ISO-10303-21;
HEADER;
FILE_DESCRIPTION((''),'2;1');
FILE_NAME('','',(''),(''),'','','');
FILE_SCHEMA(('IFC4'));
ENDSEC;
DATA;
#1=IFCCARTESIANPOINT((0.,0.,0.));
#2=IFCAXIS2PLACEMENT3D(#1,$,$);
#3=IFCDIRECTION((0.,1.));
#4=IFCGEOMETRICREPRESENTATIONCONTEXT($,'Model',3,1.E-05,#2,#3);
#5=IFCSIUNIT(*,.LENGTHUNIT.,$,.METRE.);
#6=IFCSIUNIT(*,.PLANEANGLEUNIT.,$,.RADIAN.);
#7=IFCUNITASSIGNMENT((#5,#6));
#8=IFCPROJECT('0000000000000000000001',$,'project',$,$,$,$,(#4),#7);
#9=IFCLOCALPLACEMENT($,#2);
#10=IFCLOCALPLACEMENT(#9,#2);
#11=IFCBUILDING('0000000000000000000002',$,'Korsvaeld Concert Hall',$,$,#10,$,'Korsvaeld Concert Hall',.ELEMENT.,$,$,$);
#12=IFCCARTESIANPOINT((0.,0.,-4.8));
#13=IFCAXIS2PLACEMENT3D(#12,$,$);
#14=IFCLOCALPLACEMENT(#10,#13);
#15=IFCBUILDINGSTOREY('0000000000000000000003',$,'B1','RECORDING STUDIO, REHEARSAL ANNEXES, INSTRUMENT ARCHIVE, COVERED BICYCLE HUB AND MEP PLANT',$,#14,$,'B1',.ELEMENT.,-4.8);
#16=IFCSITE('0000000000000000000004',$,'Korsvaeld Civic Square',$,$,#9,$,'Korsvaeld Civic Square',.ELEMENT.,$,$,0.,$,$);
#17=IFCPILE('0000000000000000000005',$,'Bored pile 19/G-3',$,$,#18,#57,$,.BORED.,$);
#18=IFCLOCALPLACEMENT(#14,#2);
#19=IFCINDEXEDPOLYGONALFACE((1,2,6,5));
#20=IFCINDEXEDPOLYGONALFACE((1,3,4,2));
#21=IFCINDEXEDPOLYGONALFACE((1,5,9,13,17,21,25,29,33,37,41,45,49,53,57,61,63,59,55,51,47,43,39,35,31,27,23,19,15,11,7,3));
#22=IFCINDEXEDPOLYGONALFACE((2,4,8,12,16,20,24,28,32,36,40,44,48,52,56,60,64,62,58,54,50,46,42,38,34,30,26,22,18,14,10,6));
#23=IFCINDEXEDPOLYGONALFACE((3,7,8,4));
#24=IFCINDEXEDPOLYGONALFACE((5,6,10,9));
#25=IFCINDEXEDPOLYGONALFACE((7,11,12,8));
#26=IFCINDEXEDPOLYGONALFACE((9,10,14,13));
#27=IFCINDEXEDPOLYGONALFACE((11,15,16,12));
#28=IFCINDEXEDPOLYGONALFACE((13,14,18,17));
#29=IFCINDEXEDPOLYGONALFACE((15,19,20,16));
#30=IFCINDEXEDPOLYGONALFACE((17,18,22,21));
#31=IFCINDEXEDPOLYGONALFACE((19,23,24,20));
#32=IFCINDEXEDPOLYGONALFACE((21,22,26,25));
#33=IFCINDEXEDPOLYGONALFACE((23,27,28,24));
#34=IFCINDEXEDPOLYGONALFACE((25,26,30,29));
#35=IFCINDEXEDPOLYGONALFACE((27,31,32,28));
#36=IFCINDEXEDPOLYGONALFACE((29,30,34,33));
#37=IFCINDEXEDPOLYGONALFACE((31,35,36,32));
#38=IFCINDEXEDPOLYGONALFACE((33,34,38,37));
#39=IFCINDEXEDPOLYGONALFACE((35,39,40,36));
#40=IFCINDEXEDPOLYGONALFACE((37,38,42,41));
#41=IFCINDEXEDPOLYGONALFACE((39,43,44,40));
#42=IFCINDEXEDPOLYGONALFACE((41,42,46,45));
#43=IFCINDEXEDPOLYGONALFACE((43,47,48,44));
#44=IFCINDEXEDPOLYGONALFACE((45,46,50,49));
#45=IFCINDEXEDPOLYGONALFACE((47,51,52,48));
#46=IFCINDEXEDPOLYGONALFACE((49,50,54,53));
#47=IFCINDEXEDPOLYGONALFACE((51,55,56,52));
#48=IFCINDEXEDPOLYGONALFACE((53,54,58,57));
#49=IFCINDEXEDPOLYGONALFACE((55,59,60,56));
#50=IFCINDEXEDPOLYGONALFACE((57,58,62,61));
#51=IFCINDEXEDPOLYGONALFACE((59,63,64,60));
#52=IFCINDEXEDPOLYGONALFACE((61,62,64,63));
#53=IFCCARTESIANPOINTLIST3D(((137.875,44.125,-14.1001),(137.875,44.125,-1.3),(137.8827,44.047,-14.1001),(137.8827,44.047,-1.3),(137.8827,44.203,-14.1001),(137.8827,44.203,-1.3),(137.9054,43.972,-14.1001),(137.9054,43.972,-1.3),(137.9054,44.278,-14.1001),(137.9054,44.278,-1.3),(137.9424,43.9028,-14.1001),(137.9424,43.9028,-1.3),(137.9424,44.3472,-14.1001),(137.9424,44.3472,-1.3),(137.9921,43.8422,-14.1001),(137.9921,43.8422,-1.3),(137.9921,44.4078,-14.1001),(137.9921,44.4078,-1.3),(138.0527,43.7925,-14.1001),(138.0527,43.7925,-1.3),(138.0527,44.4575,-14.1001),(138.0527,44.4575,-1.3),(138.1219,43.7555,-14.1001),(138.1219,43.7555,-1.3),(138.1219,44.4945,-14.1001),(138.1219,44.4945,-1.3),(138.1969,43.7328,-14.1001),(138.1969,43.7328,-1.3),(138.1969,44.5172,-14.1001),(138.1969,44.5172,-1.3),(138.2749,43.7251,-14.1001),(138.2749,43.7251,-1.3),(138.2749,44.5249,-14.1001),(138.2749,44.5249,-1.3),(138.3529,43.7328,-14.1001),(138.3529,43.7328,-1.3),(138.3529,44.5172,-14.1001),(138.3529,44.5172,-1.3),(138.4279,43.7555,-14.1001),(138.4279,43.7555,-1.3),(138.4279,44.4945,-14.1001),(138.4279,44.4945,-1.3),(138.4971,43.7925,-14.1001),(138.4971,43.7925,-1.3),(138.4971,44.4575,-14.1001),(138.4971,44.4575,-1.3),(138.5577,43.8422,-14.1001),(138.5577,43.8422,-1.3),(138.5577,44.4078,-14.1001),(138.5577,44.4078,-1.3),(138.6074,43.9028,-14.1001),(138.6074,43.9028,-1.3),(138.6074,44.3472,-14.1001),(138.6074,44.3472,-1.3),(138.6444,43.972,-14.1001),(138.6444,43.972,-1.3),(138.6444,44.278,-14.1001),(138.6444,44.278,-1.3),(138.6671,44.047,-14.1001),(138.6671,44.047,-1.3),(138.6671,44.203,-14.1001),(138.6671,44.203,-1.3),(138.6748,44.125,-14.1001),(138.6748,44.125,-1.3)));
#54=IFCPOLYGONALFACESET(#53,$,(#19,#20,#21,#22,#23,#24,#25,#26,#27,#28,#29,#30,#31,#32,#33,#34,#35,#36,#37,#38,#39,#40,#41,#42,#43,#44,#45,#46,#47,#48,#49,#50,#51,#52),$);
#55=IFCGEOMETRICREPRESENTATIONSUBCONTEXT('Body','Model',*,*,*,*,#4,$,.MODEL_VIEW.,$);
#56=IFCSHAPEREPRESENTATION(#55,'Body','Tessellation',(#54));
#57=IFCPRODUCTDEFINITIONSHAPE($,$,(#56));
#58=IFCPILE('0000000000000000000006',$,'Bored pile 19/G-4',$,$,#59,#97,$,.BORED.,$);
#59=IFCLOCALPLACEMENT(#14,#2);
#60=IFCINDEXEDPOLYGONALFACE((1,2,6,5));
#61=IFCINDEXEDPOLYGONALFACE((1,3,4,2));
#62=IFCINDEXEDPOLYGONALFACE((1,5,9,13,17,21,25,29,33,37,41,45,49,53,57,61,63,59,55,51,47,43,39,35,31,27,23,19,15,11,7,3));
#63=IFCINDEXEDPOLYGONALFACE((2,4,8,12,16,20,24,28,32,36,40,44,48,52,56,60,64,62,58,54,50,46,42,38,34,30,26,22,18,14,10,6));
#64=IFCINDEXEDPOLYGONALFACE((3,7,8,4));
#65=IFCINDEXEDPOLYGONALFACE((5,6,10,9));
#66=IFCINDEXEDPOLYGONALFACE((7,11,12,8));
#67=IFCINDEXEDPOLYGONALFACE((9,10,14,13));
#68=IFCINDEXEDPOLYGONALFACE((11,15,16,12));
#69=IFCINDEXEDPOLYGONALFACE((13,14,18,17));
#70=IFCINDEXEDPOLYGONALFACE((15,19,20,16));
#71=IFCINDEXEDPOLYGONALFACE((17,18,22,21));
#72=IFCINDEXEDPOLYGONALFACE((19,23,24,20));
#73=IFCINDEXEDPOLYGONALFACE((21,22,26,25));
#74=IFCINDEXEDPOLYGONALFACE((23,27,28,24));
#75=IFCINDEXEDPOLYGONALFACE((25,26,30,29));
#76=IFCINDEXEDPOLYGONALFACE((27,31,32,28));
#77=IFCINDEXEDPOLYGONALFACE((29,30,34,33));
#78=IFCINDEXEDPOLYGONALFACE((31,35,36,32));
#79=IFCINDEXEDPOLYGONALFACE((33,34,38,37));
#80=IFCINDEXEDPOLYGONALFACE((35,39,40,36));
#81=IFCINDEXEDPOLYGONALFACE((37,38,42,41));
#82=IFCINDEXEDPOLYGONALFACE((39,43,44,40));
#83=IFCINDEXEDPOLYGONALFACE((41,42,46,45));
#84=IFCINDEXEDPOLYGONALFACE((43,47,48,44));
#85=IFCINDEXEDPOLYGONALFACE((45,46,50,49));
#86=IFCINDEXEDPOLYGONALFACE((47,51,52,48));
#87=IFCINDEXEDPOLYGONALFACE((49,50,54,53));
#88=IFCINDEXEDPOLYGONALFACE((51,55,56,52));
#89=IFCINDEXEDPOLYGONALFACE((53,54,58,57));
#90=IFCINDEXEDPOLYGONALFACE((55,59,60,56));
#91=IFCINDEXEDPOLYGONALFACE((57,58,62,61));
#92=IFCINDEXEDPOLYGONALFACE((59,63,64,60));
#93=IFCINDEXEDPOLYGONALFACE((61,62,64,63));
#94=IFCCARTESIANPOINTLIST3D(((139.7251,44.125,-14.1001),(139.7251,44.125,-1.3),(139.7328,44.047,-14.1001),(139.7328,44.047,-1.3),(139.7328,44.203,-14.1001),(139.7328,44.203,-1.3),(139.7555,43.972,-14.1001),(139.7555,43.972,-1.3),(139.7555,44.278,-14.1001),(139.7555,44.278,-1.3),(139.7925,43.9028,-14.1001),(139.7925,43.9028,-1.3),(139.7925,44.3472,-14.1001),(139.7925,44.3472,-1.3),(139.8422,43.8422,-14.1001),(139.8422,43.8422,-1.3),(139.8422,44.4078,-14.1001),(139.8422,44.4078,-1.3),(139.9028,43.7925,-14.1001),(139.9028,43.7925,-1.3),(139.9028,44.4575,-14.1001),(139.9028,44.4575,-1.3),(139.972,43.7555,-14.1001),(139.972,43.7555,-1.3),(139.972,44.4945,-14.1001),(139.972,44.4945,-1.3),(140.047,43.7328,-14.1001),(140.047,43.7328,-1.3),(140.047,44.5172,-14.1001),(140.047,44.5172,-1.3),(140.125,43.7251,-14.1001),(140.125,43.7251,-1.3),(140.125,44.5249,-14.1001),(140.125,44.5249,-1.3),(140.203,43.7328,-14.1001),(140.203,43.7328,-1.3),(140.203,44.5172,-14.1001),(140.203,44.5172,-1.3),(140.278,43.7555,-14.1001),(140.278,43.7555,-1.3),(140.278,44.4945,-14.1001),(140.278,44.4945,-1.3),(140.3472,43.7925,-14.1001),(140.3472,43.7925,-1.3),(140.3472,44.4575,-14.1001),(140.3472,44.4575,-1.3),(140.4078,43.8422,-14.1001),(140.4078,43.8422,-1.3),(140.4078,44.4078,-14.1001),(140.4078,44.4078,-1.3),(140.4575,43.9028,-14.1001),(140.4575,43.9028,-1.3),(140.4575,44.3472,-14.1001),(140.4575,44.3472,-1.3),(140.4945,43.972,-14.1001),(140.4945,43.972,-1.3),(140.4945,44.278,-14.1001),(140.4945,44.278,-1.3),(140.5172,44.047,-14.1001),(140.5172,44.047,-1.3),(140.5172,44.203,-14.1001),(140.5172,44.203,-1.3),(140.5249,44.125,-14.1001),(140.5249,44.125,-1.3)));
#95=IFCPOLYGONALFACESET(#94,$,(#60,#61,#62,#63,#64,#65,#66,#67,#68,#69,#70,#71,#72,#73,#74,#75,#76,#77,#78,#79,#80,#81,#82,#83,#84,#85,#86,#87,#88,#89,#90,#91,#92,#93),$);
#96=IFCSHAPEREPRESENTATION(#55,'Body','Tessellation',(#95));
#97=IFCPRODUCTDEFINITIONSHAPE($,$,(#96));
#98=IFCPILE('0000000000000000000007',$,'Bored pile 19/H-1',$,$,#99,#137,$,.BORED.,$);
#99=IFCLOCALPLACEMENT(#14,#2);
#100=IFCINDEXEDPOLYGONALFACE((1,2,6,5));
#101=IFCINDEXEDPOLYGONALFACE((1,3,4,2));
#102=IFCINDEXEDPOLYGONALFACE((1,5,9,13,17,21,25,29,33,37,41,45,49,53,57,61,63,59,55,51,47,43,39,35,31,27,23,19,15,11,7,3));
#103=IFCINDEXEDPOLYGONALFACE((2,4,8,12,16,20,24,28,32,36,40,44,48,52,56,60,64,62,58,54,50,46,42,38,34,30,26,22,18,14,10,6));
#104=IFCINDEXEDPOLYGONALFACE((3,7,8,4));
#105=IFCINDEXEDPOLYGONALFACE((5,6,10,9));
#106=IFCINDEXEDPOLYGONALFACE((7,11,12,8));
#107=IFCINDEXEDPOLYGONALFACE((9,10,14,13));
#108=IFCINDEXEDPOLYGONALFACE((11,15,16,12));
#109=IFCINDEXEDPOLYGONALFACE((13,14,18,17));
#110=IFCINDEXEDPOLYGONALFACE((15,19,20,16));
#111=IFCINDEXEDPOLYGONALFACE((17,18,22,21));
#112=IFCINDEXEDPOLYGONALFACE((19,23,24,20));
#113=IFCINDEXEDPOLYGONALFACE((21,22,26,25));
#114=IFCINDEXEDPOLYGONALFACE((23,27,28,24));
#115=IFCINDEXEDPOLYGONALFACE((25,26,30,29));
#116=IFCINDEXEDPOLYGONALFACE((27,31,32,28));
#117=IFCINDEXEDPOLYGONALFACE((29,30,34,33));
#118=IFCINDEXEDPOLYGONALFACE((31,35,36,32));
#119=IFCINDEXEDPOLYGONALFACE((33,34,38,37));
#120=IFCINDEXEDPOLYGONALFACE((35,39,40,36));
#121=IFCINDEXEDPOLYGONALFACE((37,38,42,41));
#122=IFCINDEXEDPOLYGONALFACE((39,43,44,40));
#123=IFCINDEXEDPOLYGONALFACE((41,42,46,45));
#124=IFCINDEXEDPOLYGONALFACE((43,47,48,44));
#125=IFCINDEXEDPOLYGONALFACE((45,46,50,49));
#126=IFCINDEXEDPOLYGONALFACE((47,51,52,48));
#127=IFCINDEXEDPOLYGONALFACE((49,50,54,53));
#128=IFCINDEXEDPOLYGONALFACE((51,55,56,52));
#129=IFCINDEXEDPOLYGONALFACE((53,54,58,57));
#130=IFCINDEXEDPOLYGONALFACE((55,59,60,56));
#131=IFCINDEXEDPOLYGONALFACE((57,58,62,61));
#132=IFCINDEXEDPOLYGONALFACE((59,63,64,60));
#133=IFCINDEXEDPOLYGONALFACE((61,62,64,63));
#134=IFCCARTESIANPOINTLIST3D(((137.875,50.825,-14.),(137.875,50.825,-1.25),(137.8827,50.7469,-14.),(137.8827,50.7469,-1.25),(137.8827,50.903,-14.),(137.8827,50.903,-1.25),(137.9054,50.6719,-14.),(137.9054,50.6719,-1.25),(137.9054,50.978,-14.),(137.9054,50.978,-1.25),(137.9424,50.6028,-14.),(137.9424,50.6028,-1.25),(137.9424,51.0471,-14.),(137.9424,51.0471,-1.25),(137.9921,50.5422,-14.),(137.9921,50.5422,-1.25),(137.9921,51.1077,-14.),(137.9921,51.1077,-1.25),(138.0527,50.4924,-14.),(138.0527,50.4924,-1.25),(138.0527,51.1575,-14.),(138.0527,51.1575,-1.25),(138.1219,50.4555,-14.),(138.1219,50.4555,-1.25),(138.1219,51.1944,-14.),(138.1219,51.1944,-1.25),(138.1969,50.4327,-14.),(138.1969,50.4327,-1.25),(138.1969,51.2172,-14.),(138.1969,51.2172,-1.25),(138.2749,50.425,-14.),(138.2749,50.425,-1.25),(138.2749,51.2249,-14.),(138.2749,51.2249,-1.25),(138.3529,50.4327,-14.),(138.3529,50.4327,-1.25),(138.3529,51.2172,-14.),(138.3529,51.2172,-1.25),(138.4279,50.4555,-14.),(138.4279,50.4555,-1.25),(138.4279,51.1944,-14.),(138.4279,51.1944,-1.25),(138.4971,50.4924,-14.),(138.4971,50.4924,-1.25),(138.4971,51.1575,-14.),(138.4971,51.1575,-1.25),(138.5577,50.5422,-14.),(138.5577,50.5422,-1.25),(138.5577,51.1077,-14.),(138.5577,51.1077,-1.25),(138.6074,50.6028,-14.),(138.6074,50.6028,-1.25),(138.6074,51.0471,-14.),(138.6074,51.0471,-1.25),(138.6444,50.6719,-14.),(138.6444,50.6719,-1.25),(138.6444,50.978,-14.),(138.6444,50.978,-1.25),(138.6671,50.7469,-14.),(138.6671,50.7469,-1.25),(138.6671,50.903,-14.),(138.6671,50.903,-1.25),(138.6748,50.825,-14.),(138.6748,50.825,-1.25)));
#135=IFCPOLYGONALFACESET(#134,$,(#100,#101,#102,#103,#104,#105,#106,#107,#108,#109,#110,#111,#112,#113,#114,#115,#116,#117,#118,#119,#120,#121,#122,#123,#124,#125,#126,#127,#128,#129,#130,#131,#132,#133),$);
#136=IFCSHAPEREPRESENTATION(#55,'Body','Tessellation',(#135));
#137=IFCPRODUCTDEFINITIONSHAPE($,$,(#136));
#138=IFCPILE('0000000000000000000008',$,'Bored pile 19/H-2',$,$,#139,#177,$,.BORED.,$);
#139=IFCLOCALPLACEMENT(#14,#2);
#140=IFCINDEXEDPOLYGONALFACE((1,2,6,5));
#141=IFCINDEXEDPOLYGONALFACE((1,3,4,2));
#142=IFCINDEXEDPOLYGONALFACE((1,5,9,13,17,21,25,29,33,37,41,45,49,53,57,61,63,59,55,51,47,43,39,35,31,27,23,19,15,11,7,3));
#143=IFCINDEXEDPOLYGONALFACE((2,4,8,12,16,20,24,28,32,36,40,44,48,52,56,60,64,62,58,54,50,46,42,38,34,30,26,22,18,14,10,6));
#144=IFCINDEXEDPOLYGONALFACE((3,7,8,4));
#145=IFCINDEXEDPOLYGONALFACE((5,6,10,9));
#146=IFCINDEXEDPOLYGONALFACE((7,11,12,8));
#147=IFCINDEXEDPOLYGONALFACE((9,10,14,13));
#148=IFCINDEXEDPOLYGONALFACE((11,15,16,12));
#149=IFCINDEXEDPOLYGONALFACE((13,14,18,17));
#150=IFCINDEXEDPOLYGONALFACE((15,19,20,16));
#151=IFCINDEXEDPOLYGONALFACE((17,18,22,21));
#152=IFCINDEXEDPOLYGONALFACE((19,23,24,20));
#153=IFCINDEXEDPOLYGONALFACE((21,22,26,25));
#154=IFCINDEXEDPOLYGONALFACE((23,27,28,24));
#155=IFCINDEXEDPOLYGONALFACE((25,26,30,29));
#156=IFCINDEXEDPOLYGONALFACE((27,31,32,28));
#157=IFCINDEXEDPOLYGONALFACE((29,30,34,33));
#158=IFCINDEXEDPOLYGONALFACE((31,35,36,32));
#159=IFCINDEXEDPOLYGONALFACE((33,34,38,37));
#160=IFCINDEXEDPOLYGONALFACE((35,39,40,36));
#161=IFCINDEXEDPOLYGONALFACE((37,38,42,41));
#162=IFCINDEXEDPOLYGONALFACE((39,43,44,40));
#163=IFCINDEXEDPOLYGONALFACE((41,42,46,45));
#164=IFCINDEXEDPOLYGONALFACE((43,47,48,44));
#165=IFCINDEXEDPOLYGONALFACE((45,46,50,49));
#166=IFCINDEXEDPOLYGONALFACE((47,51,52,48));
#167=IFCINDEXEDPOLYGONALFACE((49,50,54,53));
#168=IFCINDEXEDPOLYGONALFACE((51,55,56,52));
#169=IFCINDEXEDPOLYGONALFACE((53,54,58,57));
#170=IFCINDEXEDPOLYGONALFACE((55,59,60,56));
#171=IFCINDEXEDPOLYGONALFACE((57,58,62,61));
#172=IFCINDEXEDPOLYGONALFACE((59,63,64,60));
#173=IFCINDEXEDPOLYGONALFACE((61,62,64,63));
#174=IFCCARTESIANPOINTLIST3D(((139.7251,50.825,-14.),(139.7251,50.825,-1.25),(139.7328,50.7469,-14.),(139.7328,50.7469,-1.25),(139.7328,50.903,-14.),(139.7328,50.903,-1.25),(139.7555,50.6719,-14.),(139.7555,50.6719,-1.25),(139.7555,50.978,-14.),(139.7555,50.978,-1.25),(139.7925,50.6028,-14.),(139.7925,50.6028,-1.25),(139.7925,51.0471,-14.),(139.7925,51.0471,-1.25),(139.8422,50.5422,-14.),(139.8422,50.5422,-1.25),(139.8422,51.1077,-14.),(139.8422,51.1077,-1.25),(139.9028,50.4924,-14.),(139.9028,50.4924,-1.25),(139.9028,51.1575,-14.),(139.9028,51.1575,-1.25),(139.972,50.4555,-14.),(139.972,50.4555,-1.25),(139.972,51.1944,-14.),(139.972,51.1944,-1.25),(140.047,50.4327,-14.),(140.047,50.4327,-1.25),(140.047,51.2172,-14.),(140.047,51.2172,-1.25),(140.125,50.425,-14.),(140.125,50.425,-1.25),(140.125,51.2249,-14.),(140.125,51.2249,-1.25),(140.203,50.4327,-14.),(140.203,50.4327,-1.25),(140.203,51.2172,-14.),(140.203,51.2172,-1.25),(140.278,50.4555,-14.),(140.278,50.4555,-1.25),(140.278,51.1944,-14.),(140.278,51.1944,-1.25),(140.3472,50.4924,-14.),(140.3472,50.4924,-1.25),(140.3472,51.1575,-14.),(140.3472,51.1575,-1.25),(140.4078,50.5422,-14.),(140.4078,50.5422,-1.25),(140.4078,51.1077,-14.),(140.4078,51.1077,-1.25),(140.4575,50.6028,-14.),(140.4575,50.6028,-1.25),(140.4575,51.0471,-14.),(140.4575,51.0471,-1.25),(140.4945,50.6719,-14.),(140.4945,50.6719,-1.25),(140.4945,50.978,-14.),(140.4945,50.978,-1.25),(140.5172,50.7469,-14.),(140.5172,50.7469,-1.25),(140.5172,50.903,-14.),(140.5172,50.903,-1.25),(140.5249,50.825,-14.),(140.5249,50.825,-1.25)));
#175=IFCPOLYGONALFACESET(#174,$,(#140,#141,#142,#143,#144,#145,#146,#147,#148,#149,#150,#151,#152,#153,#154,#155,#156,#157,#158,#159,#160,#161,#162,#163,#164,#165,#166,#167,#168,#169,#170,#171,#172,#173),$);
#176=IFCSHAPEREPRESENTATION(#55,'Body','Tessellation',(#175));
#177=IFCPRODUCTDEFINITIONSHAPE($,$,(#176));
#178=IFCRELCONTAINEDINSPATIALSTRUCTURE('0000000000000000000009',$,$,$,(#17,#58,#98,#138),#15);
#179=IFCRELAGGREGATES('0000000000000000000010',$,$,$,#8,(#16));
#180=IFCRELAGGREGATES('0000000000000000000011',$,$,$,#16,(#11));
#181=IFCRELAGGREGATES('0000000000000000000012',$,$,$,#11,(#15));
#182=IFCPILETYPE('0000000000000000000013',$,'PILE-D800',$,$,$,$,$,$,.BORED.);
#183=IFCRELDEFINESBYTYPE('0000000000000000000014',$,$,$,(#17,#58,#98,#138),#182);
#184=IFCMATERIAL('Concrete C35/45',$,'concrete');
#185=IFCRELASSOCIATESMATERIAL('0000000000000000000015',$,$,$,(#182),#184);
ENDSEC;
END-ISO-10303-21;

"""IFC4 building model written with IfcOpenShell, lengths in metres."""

from ifc_helpers import new_model, si_unit, direction, frame, origin, origin_2d, place, context, subcontext, project, spatial, circle, extrude, material, material_profile, profile_set, type_object, element, save


model = new_model("IFC4")

# Units and contexts
model_context = context("Model", 3, precision=1e-05, world=origin(), true_north=direction((0.0, 1.0)))
body_context = subcontext(model_context, "Body", "Model", "MODEL_VIEW")
ifc_project = project(units=[si_unit("LENGTHUNIT", "METRE"), si_unit("PLANEANGLEUNIT", "RADIAN")], contexts=[model_context])

# Site, building, storey
site_placement = place(None, origin())
site = spatial("IfcSite", under=ifc_project, at=site_placement, Name="Korsvaeld Civic Square", LongName="Korsvaeld Civic Square", CompositionType="ELEMENT", RefElevation=0.0)
building_placement = place(site_placement, origin())
building = spatial("IfcBuilding", under=site, at=building_placement, Name="Korsvaeld Concert Hall", LongName="Korsvaeld Concert Hall", CompositionType="ELEMENT")
storey_placement = place(building_placement, frame((0.0, 0.0, -4.8)))
storey = spatial("IfcBuildingStorey", under=building, at=storey_placement, Name="B1", Description="RECORDING STUDIO, REHEARSAL ANNEXES, INSTRUMENT ARCHIVE, COVERED BICYCLE HUB AND MEP PLANT", LongName="B1", CompositionType="ELEMENT", Elevation=-4.8)

# Shared definitions
ifc_material_1 = material(Name="Concrete C35/45", Category="concrete")

# Piles
ifc_material_profile_1 = material_profile(ifc_material_1, circle(Radius=0.3999, at=origin_2d()), Name="BORED PILE D800")
ifc_profile_set_1 = profile_set([ifc_material_profile_1], Name="Concrete C35/45")
pile_type_1 = type_object("IfcPileType", Name="PILE-D800", PredefinedType="BORED", material=ifc_profile_set_1)
for number, where, z_axis, x_axis, name in (
    (1, (138.2749, 44.125, -1.3), (0.0, 0.0, -1.0), (1.0, 0.0, 0.0), "Bored pile 19/G-3"),
    (2, (140.125, 44.125, -1.3), (0.0, 0.0, -1.0), (1.0, 0.0, 0.0), "Bored pile 19/G-4"),
):
    element("IfcPile", number, at=place(storey_placement, frame(where, z_axis=z_axis, x_axis=x_axis)), inside=storey, type_object=pile_type_1, Name=name, PredefinedType="BORED", context=body_context, shape_type="SweptSolid", body=[
        extrude(circle(Radius=0.3999, at=origin_2d()), origin(), (0.0, 0.0, 1.0), 12.8),
    ])
for number, where, z_axis, x_axis, name in (
    (3, (138.2749, 50.825, -1.25), (0.0, 0.0, -1.0), (1.0, 0.0, 0.0), "Bored pile 19/H-1"),
    (4, (140.125, 50.825, -1.25), (0.0, 0.0, -1.0), (1.0, 0.0, 0.0), "Bored pile 19/H-2"),
):
    element("IfcPile", number, at=place(storey_placement, frame(where, z_axis=z_axis, x_axis=x_axis)), inside=storey, type_object=pile_type_1, Name=name, PredefinedType="BORED", context=body_context, shape_type="SweptSolid", body=[
        extrude(circle(Radius=0.3999, at=origin_2d()), origin(), (0.0, 0.0, 1.0), 12.75),
    ])

save(model, "model.ifc")
